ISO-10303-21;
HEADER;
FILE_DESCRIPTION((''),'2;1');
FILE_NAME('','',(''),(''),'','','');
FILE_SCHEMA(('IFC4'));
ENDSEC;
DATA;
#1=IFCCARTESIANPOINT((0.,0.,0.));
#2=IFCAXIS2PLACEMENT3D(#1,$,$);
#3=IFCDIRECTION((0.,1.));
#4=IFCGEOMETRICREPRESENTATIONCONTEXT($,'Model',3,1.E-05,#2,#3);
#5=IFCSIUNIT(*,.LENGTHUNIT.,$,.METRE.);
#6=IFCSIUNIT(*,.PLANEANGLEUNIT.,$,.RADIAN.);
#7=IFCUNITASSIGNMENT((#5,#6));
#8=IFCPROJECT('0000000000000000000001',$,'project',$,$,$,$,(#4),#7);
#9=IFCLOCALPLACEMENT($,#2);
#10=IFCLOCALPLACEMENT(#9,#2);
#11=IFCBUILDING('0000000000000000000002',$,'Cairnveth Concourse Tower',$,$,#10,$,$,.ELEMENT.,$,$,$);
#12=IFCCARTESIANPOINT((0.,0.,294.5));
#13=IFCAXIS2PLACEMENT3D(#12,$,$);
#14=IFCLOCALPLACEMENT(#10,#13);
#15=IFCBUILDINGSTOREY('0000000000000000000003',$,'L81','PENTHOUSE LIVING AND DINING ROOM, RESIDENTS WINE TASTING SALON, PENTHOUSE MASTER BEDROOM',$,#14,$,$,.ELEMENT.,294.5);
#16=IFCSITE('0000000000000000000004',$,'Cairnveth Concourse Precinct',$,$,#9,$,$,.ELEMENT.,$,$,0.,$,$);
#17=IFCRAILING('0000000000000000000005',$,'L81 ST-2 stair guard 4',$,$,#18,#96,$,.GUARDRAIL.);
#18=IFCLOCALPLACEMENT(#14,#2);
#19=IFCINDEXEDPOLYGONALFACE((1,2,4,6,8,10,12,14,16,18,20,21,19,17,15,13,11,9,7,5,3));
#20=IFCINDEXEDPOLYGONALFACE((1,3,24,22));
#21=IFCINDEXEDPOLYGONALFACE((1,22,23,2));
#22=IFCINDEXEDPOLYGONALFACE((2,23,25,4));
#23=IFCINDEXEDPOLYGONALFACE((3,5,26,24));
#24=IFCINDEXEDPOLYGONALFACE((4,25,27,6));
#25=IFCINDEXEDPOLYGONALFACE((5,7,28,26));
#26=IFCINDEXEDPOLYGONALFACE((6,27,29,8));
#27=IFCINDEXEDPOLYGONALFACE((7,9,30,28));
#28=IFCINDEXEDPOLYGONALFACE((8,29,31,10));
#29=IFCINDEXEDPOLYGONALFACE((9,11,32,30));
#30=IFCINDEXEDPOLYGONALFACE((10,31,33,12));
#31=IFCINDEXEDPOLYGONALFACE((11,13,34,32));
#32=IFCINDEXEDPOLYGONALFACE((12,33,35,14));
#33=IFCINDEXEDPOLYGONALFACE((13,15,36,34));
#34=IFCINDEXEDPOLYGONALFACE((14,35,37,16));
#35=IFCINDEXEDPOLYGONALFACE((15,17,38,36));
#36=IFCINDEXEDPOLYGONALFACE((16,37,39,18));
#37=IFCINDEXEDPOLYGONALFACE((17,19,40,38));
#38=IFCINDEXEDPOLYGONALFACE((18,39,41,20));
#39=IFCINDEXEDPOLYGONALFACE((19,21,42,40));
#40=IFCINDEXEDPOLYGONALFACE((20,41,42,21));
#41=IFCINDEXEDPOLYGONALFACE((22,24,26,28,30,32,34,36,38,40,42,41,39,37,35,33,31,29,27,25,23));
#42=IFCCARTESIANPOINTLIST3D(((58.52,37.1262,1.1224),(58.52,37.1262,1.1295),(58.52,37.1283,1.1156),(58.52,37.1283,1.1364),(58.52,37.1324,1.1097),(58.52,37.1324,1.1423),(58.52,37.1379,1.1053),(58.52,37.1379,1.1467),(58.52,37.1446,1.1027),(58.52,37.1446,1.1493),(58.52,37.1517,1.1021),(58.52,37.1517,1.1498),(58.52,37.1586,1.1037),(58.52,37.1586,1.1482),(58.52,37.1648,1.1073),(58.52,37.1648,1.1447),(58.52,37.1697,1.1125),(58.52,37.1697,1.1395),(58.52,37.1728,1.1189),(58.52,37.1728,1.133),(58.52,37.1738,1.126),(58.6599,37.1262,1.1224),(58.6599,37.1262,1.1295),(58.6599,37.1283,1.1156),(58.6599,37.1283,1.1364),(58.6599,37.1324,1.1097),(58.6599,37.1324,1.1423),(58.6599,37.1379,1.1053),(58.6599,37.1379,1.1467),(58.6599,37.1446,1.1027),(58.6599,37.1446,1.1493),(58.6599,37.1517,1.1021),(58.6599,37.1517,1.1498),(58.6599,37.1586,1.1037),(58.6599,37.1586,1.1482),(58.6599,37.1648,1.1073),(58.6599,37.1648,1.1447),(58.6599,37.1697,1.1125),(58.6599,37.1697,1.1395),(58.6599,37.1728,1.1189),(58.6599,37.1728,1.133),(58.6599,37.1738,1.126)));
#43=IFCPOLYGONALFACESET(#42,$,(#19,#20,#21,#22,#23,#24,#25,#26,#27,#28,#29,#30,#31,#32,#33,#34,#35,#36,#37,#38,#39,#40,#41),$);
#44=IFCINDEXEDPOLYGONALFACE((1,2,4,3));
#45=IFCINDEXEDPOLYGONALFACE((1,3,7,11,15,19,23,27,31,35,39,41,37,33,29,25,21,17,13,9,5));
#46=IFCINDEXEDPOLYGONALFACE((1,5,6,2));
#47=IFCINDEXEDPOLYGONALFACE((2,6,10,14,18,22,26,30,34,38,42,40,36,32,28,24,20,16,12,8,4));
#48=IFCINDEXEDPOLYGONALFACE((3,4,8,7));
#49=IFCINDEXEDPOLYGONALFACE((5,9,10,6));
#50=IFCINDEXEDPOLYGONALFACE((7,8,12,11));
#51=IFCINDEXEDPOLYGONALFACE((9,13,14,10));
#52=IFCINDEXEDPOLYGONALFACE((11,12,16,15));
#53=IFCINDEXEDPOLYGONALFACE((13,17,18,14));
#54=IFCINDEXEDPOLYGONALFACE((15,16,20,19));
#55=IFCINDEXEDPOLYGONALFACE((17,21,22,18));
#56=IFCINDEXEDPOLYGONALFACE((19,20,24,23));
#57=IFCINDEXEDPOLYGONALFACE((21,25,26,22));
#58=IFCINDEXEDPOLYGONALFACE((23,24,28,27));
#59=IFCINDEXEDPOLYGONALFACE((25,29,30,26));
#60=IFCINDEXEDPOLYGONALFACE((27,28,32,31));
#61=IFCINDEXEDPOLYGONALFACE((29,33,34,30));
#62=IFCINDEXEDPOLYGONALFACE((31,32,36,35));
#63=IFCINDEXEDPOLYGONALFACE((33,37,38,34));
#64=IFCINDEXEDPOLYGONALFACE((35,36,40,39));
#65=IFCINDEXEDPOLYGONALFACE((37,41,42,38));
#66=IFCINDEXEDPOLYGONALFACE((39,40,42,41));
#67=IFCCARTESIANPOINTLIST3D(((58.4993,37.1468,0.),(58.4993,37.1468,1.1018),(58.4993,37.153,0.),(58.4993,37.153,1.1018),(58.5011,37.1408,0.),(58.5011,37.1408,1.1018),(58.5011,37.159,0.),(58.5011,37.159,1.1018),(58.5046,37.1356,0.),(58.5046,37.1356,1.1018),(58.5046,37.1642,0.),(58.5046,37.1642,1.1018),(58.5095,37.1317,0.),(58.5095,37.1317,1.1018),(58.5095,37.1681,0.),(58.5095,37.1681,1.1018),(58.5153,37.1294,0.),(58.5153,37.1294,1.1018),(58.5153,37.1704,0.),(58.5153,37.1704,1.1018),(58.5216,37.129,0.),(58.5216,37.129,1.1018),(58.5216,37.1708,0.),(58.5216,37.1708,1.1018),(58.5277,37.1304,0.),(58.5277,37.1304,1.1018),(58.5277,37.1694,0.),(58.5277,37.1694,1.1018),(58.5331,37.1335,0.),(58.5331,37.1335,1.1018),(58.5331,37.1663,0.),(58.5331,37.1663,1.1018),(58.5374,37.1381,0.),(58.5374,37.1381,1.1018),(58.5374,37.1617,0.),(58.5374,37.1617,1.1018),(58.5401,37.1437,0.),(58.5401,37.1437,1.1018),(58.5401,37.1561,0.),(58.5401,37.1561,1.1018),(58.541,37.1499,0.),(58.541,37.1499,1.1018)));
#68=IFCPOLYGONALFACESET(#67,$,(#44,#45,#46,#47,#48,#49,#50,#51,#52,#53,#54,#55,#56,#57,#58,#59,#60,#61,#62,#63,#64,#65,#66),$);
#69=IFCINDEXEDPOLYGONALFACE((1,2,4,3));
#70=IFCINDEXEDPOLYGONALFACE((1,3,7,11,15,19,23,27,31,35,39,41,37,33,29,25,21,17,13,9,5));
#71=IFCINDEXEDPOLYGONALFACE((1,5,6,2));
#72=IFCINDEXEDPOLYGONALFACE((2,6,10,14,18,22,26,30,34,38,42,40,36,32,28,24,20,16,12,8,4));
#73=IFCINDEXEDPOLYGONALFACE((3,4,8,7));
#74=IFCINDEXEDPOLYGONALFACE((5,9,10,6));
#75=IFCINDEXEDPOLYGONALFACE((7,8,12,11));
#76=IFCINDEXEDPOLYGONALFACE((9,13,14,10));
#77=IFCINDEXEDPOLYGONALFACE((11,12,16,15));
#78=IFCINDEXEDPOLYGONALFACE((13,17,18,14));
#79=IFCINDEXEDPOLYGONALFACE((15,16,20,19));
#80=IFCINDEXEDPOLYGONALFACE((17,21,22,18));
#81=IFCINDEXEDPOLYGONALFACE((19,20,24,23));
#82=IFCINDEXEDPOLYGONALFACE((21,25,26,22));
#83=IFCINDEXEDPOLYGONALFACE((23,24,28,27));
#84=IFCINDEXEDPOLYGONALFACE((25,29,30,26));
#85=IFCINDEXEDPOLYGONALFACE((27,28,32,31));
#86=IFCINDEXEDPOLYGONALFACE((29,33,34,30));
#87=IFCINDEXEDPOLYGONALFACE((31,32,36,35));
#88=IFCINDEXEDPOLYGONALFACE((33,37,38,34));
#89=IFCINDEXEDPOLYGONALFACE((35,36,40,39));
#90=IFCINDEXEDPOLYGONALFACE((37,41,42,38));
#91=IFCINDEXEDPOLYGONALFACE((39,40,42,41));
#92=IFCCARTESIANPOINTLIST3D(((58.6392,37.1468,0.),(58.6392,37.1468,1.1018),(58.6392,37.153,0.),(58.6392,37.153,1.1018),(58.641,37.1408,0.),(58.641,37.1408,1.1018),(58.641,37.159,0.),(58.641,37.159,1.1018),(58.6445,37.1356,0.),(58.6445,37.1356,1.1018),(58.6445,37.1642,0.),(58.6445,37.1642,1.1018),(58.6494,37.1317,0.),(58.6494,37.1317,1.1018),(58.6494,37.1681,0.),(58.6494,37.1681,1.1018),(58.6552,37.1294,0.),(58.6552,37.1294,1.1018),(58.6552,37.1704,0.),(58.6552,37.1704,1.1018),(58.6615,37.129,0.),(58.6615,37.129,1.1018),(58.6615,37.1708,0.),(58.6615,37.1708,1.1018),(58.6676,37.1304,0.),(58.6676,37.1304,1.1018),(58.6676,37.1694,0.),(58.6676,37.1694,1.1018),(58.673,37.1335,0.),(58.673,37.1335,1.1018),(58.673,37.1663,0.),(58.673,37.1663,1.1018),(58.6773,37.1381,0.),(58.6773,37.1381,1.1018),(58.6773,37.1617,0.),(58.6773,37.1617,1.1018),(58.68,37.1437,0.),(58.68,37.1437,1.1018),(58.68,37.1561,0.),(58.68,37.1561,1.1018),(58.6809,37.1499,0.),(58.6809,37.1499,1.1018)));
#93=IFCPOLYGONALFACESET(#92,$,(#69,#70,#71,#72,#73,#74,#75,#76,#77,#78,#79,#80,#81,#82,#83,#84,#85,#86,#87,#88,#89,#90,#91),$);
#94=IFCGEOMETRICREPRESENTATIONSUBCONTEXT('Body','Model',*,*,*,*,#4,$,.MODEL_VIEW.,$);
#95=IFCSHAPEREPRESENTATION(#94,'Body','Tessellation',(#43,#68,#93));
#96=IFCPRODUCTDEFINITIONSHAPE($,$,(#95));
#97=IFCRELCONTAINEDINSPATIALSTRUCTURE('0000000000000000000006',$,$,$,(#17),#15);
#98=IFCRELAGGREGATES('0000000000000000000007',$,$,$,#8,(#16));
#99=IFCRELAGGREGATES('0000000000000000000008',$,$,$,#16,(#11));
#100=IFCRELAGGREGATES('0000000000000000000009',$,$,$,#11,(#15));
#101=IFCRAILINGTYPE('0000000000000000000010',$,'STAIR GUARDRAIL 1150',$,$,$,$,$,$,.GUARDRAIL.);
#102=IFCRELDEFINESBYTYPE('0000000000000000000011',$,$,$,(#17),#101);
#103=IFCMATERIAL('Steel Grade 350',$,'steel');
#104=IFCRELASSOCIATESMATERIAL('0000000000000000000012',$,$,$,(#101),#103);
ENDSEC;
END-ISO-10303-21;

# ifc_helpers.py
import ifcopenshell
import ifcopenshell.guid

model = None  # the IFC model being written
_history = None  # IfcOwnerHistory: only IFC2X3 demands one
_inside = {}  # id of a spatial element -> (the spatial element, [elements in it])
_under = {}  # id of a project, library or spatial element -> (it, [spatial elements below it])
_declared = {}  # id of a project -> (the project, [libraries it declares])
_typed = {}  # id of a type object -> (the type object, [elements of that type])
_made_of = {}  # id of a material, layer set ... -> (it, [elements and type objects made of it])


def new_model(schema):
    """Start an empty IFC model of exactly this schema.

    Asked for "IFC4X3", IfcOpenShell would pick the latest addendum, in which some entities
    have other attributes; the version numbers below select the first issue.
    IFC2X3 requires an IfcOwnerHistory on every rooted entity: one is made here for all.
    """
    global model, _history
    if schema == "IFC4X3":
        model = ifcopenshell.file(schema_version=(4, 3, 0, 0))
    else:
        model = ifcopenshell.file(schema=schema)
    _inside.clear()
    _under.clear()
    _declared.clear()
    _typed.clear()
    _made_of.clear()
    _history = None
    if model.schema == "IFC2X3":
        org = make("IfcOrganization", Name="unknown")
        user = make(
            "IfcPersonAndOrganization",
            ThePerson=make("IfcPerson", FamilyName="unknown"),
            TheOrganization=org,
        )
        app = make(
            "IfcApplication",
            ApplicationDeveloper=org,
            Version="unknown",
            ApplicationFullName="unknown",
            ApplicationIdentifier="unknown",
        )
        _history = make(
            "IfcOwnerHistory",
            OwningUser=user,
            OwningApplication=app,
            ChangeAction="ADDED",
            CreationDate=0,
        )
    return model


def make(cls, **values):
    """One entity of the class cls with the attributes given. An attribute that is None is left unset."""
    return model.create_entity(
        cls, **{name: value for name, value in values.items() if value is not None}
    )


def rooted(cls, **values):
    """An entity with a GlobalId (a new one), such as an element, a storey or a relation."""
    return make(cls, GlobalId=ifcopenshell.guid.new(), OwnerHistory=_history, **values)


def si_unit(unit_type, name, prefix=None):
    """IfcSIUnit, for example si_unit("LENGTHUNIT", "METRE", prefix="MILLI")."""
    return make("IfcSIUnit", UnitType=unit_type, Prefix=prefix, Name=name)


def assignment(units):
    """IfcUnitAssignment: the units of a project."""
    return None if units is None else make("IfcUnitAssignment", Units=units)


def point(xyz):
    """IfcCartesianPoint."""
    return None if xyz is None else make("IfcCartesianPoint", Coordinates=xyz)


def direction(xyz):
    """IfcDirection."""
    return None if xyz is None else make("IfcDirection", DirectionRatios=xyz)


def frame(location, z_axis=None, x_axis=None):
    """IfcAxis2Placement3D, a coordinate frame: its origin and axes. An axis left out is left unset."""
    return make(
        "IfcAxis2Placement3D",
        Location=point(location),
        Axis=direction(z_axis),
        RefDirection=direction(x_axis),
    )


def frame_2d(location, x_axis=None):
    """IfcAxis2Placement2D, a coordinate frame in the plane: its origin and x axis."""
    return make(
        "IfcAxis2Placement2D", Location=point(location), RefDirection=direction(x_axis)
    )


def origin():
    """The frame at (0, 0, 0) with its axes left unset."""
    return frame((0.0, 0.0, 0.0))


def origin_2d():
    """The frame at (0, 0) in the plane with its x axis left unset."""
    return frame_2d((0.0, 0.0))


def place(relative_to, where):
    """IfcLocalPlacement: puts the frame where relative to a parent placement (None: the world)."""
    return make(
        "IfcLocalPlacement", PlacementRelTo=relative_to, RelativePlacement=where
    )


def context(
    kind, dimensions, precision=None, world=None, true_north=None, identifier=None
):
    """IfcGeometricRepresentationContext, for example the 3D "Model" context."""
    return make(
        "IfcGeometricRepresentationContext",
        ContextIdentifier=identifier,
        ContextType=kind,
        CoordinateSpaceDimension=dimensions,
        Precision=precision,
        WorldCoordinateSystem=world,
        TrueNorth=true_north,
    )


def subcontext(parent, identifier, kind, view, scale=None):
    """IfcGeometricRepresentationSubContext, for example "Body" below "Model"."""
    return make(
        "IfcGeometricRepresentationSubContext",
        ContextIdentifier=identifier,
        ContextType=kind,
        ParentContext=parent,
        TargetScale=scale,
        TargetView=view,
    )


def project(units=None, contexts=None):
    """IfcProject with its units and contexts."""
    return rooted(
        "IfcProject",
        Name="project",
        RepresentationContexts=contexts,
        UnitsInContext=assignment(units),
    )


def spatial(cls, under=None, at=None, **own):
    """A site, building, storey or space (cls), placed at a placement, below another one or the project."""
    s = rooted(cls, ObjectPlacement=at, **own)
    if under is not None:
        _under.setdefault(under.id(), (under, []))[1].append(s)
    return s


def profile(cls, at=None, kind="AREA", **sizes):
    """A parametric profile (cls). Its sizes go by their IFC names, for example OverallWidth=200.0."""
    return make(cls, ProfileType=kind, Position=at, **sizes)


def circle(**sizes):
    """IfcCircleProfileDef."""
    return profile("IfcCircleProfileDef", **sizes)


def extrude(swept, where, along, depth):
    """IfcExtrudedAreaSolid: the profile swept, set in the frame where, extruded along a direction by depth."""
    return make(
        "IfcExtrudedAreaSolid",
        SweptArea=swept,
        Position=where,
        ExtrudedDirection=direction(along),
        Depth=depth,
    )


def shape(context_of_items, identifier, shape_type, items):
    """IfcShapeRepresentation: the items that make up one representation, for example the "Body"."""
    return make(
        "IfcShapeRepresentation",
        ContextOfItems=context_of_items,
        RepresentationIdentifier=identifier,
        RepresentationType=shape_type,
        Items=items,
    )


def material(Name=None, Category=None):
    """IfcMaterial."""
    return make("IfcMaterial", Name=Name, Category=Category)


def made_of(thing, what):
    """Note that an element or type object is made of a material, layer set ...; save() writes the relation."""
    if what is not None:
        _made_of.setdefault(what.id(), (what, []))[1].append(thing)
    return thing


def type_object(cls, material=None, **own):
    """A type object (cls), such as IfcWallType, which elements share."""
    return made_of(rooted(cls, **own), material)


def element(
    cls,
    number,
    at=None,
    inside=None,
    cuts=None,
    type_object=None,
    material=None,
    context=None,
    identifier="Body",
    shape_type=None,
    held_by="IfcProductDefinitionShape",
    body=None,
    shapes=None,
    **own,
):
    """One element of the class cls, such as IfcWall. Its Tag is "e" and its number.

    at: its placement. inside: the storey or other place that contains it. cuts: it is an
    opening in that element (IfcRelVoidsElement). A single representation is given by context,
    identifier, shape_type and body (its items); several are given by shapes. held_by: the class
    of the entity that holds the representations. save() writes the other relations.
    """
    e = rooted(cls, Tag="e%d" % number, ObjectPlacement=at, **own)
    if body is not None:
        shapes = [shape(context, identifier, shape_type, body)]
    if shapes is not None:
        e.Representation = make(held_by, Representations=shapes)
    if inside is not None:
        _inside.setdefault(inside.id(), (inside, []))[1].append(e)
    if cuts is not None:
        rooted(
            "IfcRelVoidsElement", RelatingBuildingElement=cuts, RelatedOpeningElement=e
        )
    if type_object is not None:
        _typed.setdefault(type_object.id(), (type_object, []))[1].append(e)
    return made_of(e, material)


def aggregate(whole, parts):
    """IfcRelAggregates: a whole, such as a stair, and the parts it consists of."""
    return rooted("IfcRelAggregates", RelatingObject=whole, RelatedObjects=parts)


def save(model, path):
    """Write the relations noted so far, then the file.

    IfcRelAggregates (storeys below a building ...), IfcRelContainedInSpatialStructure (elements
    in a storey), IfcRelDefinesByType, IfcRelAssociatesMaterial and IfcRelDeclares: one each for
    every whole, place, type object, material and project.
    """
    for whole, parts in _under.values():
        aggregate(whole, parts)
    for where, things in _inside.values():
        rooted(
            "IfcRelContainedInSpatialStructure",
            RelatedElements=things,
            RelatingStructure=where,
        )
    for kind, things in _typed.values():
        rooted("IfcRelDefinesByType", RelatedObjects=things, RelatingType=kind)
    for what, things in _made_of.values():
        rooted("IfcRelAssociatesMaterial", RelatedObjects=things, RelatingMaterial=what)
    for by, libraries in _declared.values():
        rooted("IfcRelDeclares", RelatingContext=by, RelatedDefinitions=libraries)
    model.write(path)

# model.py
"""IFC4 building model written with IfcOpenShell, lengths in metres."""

from ifc_helpers import new_model, si_unit, direction, frame, origin, origin_2d, place, context, subcontext, project, spatial, circle, extrude, material, type_object, element, save


model = new_model("IFC4")

# Units and contexts
model_context = context("Model", 3, precision=1e-05, world=origin(), true_north=direction((0.0, 1.0)))
body_context = subcontext(model_context, "Body", "Model", "MODEL_VIEW")
ifc_project = project(units=[si_unit("LENGTHUNIT", "METRE"), si_unit("PLANEANGLEUNIT", "RADIAN")], contexts=[model_context])

# Site, building, storey
site_placement = place(None, origin())
site = spatial("IfcSite", under=ifc_project, at=site_placement, Name="Cairnveth Concourse Precinct", CompositionType="ELEMENT", RefElevation=0.0)
building_placement = place(site_placement, origin())
building = spatial("IfcBuilding", under=site, at=building_placement, Name="Cairnveth Concourse Tower", CompositionType="ELEMENT")
storey_placement = place(building_placement, frame((0.0, 0.0, 294.5)))
storey = spatial("IfcBuildingStorey", under=building, at=storey_placement, Name="L81", Description="PENTHOUSE LIVING AND DINING ROOM, RESIDENTS WINE TASTING SALON, PENTHOUSE MASTER BEDROOM", CompositionType="ELEMENT", Elevation=294.5)

# Shared definitions
ifc_material_1 = material(Name="Steel Grade 350", Category="steel")

# Railing
railing_type_1 = type_object("IfcRailingType", Name="STAIR GUARDRAIL 1150", PredefinedType="GUARDRAIL", material=ifc_material_1)
railing_1_placement = place(storey_placement, frame((58.52, 37.1499, 0.0)))
element("IfcRailing", 1, at=railing_1_placement, inside=storey, type_object=railing_type_1, Name="L81 ST-2 stair guard 4", PredefinedType="GUARDRAIL", context=body_context, shape_type="SweptSolid", body=[
    extrude(circle(Radius=0.0239, at=origin_2d()), frame((0.0, 0.0, 1.126), z_axis=(1.0, 0.0, 0.0), x_axis=(0.0, 1.0, 0.0)), (0.0, 0.0, 1.0), 0.1399),
    extrude(circle(Radius=0.021, at=origin_2d()), origin(), (0.0, 0.0, 1.0), 1.1018),
    extrude(circle(Radius=0.021, at=origin_2d()), frame((0.1399, 0.0, 0.0)), (0.0, 0.0, 1.0), 1.1018),
])

save(model, "model.ifc")
